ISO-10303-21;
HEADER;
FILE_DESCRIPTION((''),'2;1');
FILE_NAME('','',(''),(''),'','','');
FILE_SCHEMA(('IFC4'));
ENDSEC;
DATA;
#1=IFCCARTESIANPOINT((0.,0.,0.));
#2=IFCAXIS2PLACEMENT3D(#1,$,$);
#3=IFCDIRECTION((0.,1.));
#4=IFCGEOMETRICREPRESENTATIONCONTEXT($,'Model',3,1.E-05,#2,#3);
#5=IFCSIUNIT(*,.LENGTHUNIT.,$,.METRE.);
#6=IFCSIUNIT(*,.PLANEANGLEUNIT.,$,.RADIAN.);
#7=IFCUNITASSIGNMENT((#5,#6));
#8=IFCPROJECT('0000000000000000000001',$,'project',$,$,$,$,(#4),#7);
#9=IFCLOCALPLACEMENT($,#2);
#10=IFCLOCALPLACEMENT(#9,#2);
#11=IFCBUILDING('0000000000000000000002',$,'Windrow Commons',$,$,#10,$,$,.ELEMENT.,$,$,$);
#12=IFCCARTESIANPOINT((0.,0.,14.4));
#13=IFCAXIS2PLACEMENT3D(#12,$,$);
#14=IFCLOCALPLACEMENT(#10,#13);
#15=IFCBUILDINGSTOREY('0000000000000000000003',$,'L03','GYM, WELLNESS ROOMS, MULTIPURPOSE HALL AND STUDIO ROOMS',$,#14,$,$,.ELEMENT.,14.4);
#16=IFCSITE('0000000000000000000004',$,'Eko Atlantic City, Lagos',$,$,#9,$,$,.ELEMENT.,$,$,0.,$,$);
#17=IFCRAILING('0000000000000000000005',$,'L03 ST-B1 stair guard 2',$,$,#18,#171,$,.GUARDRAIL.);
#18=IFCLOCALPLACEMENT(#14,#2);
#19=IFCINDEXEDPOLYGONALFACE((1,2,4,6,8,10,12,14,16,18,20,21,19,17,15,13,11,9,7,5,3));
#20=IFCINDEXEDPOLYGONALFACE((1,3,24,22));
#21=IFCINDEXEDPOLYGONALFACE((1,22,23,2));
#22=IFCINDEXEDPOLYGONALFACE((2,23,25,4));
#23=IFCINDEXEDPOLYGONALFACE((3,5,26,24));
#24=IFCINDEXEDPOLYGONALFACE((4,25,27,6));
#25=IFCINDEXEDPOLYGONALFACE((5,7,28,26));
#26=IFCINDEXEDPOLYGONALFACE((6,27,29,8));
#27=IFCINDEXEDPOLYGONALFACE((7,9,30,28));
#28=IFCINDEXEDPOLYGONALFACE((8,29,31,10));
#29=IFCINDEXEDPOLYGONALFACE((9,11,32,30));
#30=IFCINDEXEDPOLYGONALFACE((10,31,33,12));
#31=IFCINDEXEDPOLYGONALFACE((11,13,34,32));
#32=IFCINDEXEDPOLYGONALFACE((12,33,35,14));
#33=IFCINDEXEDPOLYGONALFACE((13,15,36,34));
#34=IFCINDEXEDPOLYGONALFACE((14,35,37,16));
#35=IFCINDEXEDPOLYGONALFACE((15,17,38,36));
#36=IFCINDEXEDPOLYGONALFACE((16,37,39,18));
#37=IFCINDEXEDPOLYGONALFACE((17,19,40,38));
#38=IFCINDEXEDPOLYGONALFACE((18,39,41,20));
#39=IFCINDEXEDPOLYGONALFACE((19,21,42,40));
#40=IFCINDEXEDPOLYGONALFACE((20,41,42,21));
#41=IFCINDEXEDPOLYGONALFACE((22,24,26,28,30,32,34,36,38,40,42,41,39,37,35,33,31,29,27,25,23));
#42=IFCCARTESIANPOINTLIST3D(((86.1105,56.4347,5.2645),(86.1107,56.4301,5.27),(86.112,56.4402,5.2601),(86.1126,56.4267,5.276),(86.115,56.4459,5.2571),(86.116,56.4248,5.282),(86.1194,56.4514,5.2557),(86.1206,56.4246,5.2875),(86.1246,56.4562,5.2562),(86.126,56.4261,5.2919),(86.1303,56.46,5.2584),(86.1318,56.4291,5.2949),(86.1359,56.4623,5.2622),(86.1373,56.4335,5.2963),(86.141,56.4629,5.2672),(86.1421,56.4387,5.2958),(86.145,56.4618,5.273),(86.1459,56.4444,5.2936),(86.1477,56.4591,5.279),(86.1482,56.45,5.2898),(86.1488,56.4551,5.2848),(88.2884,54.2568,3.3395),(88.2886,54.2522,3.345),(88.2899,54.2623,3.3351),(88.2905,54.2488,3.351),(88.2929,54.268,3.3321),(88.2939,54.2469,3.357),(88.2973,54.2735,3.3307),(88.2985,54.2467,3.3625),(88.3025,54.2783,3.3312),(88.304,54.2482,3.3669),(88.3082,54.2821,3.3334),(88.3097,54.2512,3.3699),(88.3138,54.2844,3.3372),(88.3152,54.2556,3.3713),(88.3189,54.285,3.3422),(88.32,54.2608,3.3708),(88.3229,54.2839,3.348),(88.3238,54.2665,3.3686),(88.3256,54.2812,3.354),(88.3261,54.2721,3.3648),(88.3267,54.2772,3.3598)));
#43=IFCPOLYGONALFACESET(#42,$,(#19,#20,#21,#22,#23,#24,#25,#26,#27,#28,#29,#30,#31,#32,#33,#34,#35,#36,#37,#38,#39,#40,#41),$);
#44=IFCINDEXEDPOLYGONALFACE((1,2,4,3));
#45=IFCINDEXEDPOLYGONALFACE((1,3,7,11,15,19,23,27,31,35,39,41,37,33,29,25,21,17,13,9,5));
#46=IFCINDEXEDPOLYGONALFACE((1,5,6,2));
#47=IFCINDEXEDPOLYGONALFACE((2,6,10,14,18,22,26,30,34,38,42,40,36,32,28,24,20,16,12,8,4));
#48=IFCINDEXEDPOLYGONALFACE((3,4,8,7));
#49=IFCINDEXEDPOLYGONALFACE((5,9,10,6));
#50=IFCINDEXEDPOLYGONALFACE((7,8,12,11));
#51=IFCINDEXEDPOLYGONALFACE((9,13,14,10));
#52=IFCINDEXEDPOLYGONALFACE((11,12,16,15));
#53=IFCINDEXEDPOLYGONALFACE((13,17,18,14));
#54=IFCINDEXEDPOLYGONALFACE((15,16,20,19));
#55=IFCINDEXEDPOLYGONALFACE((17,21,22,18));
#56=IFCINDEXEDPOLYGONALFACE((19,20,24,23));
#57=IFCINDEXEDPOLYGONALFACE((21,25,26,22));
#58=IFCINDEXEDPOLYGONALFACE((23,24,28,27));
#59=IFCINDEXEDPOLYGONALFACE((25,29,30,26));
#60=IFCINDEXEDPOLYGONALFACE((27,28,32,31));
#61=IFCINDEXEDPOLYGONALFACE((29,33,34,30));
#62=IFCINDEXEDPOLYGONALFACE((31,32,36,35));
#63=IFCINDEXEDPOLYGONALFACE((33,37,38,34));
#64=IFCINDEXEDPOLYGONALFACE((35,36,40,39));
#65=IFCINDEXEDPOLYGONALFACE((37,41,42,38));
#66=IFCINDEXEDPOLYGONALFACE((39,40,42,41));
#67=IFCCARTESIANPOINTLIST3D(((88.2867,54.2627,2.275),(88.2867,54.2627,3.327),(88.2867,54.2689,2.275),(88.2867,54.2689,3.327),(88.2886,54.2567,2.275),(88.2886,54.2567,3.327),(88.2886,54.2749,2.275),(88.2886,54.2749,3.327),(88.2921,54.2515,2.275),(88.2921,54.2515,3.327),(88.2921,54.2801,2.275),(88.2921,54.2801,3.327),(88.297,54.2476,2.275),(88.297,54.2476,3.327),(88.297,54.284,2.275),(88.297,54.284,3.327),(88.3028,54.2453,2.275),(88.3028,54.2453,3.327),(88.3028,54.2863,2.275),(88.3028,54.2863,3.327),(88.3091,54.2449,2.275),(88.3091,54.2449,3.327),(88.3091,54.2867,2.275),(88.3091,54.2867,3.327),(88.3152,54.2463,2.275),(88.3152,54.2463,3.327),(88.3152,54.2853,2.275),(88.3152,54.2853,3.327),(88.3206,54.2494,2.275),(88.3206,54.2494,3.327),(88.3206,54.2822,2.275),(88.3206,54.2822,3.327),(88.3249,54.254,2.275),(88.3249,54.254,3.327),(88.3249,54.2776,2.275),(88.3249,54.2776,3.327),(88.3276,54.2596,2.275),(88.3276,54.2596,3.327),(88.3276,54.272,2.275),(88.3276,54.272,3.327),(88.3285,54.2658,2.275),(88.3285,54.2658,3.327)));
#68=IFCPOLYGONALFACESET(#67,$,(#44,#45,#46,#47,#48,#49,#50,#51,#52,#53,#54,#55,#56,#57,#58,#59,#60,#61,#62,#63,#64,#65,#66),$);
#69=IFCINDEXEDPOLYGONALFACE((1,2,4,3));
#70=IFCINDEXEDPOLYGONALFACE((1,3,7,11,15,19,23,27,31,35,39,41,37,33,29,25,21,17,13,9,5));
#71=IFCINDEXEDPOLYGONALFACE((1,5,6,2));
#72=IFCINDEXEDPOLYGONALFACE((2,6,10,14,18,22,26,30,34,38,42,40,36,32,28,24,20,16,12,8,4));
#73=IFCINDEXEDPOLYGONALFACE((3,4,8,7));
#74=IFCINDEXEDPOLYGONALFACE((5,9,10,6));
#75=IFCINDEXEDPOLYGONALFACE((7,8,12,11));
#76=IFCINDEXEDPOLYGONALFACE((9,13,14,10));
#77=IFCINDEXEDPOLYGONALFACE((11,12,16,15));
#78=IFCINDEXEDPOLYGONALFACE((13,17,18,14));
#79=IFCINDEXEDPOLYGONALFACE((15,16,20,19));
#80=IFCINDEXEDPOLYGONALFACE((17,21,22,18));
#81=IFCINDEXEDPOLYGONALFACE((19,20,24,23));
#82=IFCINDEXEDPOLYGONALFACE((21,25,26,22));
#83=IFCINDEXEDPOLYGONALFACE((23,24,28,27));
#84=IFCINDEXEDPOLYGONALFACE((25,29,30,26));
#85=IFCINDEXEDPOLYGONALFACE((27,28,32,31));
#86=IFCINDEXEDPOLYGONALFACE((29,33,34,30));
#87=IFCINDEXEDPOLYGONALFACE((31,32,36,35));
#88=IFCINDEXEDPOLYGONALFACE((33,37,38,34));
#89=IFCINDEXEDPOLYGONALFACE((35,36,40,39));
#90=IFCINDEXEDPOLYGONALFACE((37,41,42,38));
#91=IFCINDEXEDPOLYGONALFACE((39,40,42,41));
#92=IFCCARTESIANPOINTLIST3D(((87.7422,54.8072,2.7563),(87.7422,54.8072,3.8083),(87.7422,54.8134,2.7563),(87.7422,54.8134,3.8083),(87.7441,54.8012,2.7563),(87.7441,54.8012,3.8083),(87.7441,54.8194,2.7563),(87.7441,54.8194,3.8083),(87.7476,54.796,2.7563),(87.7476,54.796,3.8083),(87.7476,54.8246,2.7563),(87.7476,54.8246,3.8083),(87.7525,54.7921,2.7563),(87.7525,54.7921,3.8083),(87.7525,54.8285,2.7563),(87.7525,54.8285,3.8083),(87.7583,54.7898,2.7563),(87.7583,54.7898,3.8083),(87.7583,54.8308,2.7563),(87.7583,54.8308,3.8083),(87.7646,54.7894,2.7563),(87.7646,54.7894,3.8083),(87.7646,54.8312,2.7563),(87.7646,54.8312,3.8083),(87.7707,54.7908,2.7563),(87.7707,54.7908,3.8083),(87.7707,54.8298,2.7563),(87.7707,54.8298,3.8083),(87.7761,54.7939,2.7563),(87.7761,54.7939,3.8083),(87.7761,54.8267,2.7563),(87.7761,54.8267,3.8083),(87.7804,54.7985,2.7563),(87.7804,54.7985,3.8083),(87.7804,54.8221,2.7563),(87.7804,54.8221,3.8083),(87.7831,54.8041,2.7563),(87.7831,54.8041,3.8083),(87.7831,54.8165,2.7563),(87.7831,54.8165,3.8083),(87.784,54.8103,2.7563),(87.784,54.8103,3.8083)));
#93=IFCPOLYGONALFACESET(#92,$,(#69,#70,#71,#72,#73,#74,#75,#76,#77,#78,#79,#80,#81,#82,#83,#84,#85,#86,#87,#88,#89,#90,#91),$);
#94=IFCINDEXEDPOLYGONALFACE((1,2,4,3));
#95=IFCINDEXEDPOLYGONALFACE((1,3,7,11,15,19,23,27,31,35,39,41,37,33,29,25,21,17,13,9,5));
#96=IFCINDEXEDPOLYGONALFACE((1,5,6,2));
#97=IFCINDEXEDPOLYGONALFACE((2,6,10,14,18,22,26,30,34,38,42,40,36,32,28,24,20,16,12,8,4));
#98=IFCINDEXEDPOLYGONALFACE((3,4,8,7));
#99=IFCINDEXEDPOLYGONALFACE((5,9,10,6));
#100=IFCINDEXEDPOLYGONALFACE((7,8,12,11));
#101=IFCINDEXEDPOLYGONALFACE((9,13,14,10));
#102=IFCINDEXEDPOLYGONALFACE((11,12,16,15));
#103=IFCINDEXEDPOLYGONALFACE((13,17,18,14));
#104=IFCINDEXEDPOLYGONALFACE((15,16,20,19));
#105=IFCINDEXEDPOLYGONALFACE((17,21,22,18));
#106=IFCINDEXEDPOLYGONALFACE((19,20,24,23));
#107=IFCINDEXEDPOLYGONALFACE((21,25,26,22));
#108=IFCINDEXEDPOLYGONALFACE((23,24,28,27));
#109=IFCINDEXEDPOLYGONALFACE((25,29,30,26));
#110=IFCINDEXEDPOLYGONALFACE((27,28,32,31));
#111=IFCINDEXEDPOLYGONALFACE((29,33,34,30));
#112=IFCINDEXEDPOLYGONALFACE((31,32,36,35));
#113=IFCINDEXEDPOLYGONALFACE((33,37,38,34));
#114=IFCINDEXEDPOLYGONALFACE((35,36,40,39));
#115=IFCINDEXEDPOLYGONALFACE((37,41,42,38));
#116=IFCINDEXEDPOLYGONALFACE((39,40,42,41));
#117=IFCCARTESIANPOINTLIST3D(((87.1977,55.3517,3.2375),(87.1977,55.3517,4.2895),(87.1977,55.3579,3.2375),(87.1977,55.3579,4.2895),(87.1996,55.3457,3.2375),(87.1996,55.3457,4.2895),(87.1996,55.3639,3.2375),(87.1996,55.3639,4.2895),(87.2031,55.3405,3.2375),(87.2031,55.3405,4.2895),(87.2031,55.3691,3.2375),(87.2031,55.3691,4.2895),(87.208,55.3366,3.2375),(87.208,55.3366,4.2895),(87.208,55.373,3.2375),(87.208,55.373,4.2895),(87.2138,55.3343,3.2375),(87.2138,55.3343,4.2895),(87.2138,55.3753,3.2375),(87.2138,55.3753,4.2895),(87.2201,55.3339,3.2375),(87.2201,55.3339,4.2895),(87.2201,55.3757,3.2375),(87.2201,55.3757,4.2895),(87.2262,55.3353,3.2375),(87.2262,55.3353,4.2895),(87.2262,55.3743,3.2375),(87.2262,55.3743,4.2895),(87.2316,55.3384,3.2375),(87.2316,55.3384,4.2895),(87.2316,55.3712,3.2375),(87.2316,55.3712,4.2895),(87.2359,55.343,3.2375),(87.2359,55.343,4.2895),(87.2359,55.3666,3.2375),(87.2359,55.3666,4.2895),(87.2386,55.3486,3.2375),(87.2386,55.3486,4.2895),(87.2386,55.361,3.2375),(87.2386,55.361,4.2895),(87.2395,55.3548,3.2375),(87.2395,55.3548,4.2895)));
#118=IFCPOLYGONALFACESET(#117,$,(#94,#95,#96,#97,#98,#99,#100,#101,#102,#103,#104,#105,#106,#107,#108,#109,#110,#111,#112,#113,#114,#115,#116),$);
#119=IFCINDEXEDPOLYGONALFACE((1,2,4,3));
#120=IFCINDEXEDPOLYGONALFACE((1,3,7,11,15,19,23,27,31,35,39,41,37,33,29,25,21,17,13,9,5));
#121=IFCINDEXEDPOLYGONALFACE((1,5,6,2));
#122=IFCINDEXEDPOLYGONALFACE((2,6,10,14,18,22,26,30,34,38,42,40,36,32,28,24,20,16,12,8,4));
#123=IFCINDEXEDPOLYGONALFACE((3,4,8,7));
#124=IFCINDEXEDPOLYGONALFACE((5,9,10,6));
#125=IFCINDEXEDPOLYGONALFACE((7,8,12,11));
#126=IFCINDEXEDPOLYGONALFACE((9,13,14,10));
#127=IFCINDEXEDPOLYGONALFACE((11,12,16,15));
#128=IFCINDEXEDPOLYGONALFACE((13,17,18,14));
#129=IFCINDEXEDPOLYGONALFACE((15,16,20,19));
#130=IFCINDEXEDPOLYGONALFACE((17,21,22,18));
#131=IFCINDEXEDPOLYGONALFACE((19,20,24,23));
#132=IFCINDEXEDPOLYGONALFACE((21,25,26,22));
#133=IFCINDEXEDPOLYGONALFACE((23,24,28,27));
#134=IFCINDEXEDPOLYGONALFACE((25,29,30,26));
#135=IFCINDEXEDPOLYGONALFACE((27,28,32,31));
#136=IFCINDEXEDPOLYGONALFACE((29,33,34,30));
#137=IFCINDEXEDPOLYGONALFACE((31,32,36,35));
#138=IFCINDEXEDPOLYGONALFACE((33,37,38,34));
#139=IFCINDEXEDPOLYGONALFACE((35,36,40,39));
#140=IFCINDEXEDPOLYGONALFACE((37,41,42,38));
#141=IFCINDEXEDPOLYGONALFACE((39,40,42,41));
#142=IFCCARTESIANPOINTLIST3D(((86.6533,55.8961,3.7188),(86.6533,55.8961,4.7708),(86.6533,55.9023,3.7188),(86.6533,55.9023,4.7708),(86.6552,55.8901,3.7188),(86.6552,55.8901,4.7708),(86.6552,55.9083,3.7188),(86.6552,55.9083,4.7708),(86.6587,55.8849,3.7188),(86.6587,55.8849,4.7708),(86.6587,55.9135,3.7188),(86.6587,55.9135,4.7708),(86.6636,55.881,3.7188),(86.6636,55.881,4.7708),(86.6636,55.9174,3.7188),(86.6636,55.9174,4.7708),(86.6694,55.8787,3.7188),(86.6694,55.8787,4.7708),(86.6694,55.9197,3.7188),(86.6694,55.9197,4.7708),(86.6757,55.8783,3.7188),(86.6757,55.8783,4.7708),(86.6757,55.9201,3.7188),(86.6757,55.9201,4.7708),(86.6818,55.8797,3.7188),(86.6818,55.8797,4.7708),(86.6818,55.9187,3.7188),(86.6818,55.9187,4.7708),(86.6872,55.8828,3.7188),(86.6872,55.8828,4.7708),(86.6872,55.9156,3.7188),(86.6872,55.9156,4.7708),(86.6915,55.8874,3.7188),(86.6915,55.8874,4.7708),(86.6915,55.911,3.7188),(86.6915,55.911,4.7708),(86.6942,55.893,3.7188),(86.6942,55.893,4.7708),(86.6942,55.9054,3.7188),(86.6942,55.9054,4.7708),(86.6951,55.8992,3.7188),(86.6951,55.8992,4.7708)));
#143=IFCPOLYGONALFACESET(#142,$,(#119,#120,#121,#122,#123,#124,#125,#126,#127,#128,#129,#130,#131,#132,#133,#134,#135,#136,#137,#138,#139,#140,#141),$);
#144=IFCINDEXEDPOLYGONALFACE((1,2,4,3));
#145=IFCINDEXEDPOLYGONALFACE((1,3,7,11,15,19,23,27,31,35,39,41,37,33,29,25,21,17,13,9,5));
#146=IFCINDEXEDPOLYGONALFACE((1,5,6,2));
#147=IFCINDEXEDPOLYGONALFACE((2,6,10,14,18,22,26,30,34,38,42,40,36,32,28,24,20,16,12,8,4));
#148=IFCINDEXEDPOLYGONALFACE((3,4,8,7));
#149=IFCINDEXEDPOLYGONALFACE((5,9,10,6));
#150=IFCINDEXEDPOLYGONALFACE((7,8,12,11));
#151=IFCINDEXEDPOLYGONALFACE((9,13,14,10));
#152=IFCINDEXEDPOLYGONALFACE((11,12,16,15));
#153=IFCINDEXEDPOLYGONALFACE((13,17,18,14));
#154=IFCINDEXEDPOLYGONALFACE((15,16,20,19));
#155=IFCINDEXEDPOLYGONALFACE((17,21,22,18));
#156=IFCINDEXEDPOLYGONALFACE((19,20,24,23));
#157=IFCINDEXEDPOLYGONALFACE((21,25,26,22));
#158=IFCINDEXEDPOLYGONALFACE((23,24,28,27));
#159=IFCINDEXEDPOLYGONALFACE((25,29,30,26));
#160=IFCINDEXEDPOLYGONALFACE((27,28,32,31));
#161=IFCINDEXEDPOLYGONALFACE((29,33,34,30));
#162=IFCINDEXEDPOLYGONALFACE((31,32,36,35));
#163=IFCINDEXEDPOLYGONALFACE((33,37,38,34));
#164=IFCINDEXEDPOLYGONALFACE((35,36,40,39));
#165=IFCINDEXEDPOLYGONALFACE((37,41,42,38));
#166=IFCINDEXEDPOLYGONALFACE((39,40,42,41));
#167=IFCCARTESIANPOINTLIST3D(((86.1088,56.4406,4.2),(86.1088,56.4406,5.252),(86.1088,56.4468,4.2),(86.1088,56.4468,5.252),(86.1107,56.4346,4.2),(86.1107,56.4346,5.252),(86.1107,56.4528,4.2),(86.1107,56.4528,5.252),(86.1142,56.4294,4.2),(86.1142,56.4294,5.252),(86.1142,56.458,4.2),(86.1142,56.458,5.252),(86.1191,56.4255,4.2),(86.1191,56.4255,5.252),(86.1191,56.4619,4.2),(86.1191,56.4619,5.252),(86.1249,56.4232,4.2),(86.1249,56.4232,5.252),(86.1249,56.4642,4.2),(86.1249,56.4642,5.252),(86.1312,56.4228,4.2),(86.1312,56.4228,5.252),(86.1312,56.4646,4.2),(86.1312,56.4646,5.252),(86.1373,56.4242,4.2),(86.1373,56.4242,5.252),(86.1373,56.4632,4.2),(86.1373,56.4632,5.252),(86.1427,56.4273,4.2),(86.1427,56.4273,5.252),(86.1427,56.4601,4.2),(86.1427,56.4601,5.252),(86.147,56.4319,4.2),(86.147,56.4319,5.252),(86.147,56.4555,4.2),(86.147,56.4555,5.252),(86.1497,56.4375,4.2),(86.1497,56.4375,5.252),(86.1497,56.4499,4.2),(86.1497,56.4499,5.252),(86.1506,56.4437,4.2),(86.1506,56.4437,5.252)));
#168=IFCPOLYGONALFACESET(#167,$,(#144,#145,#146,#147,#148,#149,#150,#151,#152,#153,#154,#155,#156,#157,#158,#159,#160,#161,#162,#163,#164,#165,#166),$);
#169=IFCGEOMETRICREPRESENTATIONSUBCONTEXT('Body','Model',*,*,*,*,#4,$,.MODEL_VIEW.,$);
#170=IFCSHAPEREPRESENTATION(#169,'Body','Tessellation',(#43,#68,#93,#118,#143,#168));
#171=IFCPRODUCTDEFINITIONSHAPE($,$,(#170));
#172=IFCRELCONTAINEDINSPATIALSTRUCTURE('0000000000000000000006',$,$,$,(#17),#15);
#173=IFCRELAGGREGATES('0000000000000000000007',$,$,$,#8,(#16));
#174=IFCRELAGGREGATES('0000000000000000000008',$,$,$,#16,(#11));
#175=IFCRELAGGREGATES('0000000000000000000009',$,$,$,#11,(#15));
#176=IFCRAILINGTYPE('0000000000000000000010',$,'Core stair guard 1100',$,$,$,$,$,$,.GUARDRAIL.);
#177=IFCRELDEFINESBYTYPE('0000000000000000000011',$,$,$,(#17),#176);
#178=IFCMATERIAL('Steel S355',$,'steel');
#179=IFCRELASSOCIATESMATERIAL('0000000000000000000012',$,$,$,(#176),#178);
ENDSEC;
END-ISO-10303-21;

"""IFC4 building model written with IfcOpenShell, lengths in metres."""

from ifc_helpers import new_model, si_unit, direction, frame, origin, origin_2d, place, context, subcontext, project, spatial, circle, extrude, material, type_object, element, save


model = new_model("IFC4")

# Units and contexts
model_context = context("Model", 3, precision=1e-05, world=origin(), true_north=direction((0.0, 1.0)))
body_context = subcontext(model_context, "Body", "Model", "MODEL_VIEW")
ifc_project = project(units=[si_unit("LENGTHUNIT", "METRE"), si_unit("PLANEANGLEUNIT", "RADIAN")], contexts=[model_context])

# Site, building, storey
site_placement = place(None, origin())
site = spatial("IfcSite", under=ifc_project, at=site_placement, Name="Eko Atlantic City, Lagos", CompositionType="ELEMENT", RefElevation=0.0)
building_placement = place(site_placement, origin())
building = spatial("IfcBuilding", under=site, at=building_placement, Name="Windrow Commons", CompositionType="ELEMENT")
storey_placement = place(building_placement, frame((0.0, 0.0, 14.4)))
storey = spatial("IfcBuildingStorey", under=building, at=storey_placement, Name="L03", Description="GYM, WELLNESS ROOMS, MULTIPURPOSE HALL AND STUDIO ROOMS", CompositionType="ELEMENT", Elevation=14.4)

# Railing
ifc_material_1 = material(Name="Steel S355", Category="steel")
railing_type_1 = type_object("IfcRailingType", Name="Core stair guard 1100", PredefinedType="GUARDRAIL", material=ifc_material_1)
railing_1_placement = place(storey_placement, frame((88.3075, 54.2658, 2.275)))
element("IfcRailing", 1, at=railing_1_placement, inside=storey, type_object=railing_type_1, Name="L03 ST-B1 stair guard 2", PredefinedType="GUARDRAIL", context=body_context, shape_type="SweptSolid", body=[
    extrude(circle(Radius=0.024, at=origin_2d()), frame((0.0, 0.0, 1.076), z_axis=(-0.599626, 0.599626, 0.529997), x_axis=(-0.707107, -0.707107, 0.0)), (0.0, 0.0, 1.0), 3.6321),
    extrude(circle(Radius=0.021, at=origin_2d()), origin(), (0.0, 0.0, 1.0), 1.052),
    extrude(circle(Radius=0.021, at=origin_2d()), frame((-0.5445, 0.5445, 0.4813)), (0.0, 0.0, 1.0), 1.052),
    extrude(circle(Radius=0.021, at=origin_2d()), frame((-1.089, 1.089, 0.9625)), (0.0, 0.0, 1.0), 1.052),
    extrude(circle(Radius=0.021, at=origin_2d()), frame((-1.6334, 1.6334, 1.4438)), (0.0, 0.0, 1.0), 1.052),
    extrude(circle(Radius=0.021, at=origin_2d()), frame((-2.1779, 2.1779, 1.925)), (0.0, 0.0, 1.0), 1.052),
])

save(model, "model.ifc")
